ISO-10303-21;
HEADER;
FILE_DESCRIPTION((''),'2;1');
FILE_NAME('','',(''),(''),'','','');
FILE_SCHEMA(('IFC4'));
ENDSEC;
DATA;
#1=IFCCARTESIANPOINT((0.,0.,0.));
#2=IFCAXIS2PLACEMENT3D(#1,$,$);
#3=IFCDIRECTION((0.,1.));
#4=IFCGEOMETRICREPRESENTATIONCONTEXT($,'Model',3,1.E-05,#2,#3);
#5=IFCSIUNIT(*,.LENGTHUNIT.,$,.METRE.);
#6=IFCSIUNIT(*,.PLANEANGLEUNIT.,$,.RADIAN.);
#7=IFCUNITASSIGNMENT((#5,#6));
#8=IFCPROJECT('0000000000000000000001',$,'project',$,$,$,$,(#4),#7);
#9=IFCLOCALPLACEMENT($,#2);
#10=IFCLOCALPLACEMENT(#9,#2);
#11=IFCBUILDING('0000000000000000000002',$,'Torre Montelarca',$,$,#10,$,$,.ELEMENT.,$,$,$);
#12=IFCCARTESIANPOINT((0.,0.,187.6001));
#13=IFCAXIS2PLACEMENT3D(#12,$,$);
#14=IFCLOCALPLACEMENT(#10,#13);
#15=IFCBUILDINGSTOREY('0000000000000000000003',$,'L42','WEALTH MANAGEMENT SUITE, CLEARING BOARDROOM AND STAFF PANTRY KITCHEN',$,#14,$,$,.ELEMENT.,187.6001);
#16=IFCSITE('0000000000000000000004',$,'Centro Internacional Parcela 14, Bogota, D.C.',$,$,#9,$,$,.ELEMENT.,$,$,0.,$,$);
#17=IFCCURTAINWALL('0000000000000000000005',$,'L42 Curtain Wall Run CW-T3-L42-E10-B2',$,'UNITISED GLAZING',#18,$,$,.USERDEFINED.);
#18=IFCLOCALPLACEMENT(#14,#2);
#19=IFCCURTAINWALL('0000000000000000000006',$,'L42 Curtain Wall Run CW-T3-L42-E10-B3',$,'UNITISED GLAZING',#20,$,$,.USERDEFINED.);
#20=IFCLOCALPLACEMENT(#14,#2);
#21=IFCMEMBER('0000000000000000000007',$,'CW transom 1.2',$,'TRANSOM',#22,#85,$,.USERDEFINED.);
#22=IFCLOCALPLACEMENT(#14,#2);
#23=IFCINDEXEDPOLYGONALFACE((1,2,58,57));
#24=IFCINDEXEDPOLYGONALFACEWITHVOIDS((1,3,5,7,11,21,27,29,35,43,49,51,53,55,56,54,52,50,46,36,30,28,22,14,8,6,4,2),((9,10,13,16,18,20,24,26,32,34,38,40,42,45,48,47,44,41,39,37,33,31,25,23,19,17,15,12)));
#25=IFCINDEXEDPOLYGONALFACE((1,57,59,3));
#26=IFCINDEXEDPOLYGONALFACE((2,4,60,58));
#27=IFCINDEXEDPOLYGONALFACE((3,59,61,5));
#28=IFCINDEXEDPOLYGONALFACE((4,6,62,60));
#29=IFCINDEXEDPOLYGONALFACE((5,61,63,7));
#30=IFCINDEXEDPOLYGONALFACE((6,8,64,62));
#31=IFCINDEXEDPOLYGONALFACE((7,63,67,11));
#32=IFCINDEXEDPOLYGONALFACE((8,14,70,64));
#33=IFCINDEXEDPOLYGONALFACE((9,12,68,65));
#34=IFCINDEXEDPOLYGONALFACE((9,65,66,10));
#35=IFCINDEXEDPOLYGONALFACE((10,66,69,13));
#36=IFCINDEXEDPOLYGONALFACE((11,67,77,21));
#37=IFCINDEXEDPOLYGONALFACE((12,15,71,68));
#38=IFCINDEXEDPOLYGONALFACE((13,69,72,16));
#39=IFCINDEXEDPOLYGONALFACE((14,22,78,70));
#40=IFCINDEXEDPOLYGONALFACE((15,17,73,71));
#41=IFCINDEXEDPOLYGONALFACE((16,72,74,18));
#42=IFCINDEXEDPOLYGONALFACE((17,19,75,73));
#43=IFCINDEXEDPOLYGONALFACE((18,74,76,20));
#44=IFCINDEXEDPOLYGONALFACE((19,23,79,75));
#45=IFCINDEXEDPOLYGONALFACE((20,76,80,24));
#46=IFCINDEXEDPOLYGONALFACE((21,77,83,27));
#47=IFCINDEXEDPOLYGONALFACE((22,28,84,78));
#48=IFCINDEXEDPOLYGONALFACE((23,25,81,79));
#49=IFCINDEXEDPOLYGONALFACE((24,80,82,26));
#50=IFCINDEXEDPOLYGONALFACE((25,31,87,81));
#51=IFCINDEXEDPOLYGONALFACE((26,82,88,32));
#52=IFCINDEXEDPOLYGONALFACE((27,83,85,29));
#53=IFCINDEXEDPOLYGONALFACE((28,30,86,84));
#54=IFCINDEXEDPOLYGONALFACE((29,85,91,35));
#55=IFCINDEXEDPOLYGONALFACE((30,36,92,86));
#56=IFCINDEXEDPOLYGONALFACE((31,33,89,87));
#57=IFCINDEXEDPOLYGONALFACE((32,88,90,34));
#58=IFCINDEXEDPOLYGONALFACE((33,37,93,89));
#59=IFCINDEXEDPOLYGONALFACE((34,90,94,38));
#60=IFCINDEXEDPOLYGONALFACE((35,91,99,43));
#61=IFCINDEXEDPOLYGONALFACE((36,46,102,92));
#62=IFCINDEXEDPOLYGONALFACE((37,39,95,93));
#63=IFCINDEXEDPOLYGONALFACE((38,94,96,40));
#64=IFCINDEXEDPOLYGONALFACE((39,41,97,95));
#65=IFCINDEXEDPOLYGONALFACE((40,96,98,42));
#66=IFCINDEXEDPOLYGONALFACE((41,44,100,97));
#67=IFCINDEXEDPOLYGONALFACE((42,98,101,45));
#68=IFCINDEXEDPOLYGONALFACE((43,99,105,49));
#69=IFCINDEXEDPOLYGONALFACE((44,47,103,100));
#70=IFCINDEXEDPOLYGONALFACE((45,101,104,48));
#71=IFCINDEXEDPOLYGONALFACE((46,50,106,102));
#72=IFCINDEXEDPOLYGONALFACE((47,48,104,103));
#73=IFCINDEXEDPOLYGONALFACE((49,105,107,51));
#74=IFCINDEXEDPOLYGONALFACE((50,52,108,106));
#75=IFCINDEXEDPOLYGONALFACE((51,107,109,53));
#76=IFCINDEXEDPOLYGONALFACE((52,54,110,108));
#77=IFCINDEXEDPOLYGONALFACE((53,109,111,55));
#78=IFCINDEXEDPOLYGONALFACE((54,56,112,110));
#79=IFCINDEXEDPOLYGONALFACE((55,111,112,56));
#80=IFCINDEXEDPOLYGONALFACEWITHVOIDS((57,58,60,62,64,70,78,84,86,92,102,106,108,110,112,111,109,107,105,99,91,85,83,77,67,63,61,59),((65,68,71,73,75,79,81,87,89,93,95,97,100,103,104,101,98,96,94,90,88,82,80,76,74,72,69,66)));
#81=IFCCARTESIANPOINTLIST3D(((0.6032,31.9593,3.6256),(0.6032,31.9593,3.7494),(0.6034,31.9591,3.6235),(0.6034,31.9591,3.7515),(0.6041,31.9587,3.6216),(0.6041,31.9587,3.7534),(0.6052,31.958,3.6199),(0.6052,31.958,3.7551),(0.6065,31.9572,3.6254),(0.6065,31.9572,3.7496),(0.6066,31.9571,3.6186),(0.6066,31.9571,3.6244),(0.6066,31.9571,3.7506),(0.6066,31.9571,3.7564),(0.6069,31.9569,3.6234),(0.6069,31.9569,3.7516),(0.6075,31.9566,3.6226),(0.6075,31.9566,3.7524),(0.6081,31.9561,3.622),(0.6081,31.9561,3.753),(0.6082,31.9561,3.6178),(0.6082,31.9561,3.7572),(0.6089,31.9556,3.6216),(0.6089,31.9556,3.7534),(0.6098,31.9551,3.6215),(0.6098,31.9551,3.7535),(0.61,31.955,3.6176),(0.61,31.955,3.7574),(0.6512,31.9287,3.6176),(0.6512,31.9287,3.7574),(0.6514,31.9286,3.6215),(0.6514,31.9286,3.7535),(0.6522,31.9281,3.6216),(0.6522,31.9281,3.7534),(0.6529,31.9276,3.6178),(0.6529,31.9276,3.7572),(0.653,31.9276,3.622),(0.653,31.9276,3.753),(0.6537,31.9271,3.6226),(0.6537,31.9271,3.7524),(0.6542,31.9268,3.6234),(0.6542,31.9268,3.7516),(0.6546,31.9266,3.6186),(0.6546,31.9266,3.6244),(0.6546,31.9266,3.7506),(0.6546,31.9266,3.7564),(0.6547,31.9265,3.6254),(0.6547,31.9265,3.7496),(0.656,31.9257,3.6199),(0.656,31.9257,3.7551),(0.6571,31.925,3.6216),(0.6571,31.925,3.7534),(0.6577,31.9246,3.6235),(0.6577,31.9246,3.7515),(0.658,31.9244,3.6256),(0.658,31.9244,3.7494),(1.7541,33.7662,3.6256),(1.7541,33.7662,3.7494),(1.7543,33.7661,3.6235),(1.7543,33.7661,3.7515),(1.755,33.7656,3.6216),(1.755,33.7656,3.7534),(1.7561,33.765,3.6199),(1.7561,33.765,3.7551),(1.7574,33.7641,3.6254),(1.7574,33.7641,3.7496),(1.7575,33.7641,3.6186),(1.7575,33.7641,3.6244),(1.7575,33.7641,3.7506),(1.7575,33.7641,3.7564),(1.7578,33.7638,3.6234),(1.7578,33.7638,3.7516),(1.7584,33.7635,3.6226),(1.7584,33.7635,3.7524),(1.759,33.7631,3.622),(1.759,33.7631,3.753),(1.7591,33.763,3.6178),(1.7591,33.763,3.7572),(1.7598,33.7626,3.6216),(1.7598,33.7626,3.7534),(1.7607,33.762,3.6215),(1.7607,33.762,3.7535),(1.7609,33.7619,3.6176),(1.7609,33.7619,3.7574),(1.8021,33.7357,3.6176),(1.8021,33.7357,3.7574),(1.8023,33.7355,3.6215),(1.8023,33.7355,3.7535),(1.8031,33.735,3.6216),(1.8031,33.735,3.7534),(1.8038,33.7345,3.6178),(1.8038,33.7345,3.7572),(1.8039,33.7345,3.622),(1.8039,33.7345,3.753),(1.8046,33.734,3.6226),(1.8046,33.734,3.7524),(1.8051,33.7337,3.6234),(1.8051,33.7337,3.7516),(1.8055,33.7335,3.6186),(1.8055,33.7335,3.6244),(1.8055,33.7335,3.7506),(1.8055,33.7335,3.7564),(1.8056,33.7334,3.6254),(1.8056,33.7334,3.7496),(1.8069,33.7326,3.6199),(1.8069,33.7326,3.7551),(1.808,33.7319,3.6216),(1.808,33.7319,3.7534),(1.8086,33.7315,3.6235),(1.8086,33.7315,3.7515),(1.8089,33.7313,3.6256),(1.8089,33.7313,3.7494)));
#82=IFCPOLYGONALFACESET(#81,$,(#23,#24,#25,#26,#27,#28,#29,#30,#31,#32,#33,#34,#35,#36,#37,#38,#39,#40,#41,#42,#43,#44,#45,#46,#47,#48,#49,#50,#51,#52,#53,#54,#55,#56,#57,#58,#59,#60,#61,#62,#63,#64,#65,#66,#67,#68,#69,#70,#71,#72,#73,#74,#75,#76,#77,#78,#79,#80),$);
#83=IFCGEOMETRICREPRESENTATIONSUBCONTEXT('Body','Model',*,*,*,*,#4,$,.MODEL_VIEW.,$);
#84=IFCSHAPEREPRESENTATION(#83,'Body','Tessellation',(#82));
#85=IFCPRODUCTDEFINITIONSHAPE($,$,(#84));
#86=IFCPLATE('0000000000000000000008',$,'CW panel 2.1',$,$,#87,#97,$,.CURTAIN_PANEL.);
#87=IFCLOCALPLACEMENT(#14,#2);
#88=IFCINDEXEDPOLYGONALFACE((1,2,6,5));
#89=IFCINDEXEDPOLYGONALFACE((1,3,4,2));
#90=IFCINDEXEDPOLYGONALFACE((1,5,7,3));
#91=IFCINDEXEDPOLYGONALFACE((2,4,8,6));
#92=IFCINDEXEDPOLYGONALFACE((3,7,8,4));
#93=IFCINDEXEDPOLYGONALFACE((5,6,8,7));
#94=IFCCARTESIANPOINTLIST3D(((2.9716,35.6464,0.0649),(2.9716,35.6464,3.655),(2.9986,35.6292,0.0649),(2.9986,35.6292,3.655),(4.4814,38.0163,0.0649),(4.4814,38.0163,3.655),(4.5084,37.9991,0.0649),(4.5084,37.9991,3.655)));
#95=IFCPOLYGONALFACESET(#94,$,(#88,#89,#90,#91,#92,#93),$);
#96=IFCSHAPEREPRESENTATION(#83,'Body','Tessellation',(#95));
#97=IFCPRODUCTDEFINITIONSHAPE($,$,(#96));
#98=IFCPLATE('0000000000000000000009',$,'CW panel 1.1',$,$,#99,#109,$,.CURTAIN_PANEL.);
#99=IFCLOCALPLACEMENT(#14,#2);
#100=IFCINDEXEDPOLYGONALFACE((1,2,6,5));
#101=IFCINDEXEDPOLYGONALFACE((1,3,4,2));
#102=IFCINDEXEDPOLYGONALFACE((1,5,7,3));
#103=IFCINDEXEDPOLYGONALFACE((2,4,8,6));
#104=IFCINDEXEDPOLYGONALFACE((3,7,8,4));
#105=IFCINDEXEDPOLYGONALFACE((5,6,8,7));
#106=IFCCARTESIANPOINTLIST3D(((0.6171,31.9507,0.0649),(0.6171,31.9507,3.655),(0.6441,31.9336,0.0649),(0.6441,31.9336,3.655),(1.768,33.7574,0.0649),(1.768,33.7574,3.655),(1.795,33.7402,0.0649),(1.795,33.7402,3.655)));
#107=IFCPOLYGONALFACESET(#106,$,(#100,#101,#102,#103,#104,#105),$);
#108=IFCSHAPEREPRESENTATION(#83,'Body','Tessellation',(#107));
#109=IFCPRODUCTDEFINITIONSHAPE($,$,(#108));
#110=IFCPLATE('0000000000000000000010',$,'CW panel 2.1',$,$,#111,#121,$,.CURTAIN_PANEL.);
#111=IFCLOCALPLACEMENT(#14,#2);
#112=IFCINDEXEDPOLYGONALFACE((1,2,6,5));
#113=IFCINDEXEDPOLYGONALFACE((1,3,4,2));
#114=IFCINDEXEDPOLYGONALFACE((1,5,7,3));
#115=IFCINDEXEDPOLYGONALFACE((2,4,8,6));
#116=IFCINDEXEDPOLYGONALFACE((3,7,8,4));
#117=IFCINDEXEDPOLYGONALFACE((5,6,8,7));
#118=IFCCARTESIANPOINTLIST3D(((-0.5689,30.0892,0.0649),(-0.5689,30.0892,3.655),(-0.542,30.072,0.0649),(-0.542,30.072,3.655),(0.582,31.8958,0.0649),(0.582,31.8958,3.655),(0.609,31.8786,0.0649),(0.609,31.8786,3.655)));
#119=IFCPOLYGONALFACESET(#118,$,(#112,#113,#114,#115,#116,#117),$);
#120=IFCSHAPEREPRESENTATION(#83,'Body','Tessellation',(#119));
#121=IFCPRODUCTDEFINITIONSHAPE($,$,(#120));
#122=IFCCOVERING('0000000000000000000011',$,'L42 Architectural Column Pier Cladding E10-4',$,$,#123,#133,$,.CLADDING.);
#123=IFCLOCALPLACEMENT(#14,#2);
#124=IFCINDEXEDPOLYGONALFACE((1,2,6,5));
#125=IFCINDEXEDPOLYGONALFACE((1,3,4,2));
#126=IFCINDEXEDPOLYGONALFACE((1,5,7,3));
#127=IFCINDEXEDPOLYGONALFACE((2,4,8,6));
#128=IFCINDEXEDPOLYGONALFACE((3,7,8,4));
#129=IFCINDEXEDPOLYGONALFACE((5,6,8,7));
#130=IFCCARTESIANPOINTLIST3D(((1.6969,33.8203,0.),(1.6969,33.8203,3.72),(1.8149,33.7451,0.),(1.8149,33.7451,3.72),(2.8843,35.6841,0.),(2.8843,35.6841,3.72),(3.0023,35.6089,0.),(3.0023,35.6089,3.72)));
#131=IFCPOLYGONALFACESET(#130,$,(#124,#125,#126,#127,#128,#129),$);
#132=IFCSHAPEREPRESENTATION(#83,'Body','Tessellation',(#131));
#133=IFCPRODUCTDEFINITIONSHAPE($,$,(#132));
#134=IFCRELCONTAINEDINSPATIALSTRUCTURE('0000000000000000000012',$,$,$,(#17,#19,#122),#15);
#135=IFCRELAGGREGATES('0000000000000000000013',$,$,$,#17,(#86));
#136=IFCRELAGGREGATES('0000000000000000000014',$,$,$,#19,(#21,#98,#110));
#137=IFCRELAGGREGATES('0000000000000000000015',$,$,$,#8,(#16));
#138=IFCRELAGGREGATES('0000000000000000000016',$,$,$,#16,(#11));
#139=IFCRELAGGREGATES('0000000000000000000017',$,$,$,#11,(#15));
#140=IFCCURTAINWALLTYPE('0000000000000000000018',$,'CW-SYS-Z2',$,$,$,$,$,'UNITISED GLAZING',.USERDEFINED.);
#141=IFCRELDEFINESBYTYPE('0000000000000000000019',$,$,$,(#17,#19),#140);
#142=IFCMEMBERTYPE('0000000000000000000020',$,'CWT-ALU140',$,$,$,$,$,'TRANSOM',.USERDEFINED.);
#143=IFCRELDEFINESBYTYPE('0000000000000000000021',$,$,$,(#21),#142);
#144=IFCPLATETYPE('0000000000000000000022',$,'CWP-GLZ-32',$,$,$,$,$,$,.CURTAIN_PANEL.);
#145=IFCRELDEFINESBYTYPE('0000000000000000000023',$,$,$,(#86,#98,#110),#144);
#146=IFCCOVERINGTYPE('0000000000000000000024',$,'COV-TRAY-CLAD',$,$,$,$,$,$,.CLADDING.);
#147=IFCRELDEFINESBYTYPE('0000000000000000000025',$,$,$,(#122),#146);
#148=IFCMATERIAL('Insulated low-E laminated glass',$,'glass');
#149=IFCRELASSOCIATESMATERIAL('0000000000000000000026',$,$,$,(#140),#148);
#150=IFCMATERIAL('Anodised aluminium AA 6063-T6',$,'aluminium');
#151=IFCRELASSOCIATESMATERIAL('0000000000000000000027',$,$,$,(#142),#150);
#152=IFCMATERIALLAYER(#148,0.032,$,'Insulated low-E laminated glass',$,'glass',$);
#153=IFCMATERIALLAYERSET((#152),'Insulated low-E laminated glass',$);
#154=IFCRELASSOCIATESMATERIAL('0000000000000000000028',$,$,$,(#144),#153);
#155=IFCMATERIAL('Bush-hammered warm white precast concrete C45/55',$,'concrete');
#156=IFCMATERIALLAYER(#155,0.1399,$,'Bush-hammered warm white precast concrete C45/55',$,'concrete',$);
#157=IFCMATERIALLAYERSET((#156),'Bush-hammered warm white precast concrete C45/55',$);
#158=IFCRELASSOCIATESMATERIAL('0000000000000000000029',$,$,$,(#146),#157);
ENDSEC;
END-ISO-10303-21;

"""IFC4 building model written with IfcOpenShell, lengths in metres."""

from ifc_helpers import new_model, si_unit, direction, frame, origin, origin_2d, place, context, subcontext, project, spatial, rectangle, hollow_rectangle, extrude, source, transform, mapped, material, layer, layer_set, material_profile, profile_set, type_object, element, aggregate, save


model = new_model("IFC4")

# Units and contexts
model_context = context("Model", 3, precision=1e-05, world=origin(), true_north=direction((0.0, 1.0)))
body_context = subcontext(model_context, "Body", "Model", "MODEL_VIEW")
ifc_project = project(units=[si_unit("LENGTHUNIT", "METRE"), si_unit("PLANEANGLEUNIT", "RADIAN")], contexts=[model_context])

# Site, building, storey
site_placement = place(None, origin())
site = spatial("IfcSite", under=ifc_project, at=site_placement, Name="Centro Internacional Parcela 14, Bogota, D.C.", CompositionType="ELEMENT", RefElevation=0.0)
building_placement = place(site_placement, origin())
building = spatial("IfcBuilding", under=site, at=building_placement, Name="Torre Montelarca", CompositionType="ELEMENT")
storey_placement = place(building_placement, frame((0.0, 0.0, 187.6001)))
storey = spatial("IfcBuildingStorey", under=building, at=storey_placement, Name="L42", Description="WEALTH MANAGEMENT SUITE, CLEARING BOARDROOM AND STAFF PANTRY KITCHEN", CompositionType="ELEMENT", Elevation=187.6001)

# Curtain walls
ifc_material_1 = material(Name="Insulated low-E laminated glass", Category="glass")
curtain_wall_type = type_object("IfcCurtainWallType", Name="CW-SYS-Z2", ElementType="UNITISED GLAZING", PredefinedType="USERDEFINED", material=ifc_material_1)
curtain_wall_1_placement = place(storey_placement, origin())
curtain_wall_1 = element("IfcCurtainWall", 1, at=curtain_wall_1_placement, inside=storey, type_object=curtain_wall_type, Name="L42 Curtain Wall Run CW-T3-L42-E10-B2", ObjectType="UNITISED GLAZING", PredefinedType="USERDEFINED")
ifc_material_2 = material(Name="Anodised aluminium AA 6063-T6", Category="aluminium")
curtain_wall_2_placement = place(storey_placement, origin())
curtain_wall_2 = element("IfcCurtainWall", 2, at=curtain_wall_2_placement, inside=storey, type_object=curtain_wall_type, Name="L42 Curtain Wall Run CW-T3-L42-E10-B3", ObjectType="UNITISED GLAZING", PredefinedType="USERDEFINED")

# Member
ifc_material_profile_1 = material_profile(ifc_material_2, hollow_rectangle(XDim=0.0649, YDim=0.1399, WallThickness=0.0039, InnerFilletRadius=0.0039, OuterFilletRadius=0.0081, at=origin_2d()), Name="ALU65X140X4", Category="aluminium")
ifc_profile_set_1 = profile_set([ifc_material_profile_1], Name="Anodised aluminium AA 6063-T6")
member_type_1 = type_object("IfcMemberType", Name="CWT-ALU140", ElementType="TRANSOM", PredefinedType="USERDEFINED", material=ifc_profile_set_1)
shared_shape_1 = source(origin(), body_context, "Body", "SweptSolid", [
    extrude(hollow_rectangle(XDim=0.0649, YDim=0.1399, WallThickness=0.0039, InnerFilletRadius=0.0039, OuterFilletRadius=0.0081, at=origin_2d()), origin(), (0.0, 0.0, 1.0), 2.1423),
])
member_1_placement = place(storey_placement, frame((1.7815, 33.7488, 3.6875), z_axis=(-0.537222, -0.843441, 0.0), x_axis=(0.843441, -0.537222, 0.0)))
member_1 = element("IfcMember", 3, at=member_1_placement, type_object=member_type_1, Name="CW transom 1.2", ObjectType="TRANSOM", PredefinedType="USERDEFINED", context=body_context, shape_type="MappedRepresentation", body=[
    mapped(shared_shape_1, transform((0.0, 0.0, 0.0), scale=1.0)),
])

# Plates
ifc_layer_1 = layer(ifc_material_1, 0.032, Name="Insulated low-E laminated glass", Category="glass")
ifc_layer_set_1 = layer_set([ifc_layer_1], Name="Insulated low-E laminated glass")
plate_type = type_object("IfcPlateType", Name="CWP-GLZ-32", PredefinedType="CURTAIN_PANEL", material=ifc_layer_set_1)
shared_shape_2 = source(origin(), body_context, "Body", "SweptSolid", [
    extrude(rectangle(XDim=2.8101, YDim=0.032, at=origin_2d()), origin(), (0.0, 0.0, 1.0), 3.5901),
])
plate_1_placement = place(storey_placement, frame((3.74, 36.8228, 0.0649), z_axis=(0.0, 0.0, 1.0), x_axis=(-0.537302, -0.84339, 0.0)))
plate_1 = element("IfcPlate", 4, at=plate_1_placement, type_object=plate_type, Name="CW panel 2.1", PredefinedType="CURTAIN_PANEL", context=body_context, shape_type="MappedRepresentation", body=[
    mapped(shared_shape_2, transform((0.0, 0.0, 0.0), scale=1.0)),
])
aggregate(curtain_wall_1, [plate_1])
shared_shape_3 = source(origin(), body_context, "Body", "SweptSolid", [
    extrude(rectangle(XDim=2.1421, YDim=0.032, at=origin_2d()), origin(), (0.0, 0.0, 1.0), 3.5901),
])
plate_2_placement = place(storey_placement, frame((1.2061, 32.8455, 0.0649), z_axis=(0.0, 0.0, 1.0), x_axis=(-0.537296, -0.843394, 0.0)))
plate_2 = element("IfcPlate", 5, at=plate_2_placement, type_object=plate_type, Name="CW panel 1.1", PredefinedType="CURTAIN_PANEL", context=body_context, shape_type="MappedRepresentation", body=[
    mapped(shared_shape_3, transform((0.0, 0.0, 0.0), scale=1.0)),
])
plate_3_placement = place(storey_placement, frame((0.02, 30.9839, 0.0649), z_axis=(0.0, 0.0, 1.0), x_axis=(-0.537296, -0.843394, 0.0)))
plate_3 = element("IfcPlate", 6, at=plate_3_placement, type_object=plate_type, Name="CW panel 2.1", PredefinedType="CURTAIN_PANEL", context=body_context, shape_type="MappedRepresentation", body=[
    mapped(shared_shape_3, transform((0.0, 0.0, 0.0), scale=1.0)),
])
aggregate(curtain_wall_2, [member_1, plate_2, plate_3])

# Covering
ifc_material_3 = material(Name="Bush-hammered warm white precast concrete C45/55", Category="concrete")
ifc_layer_2 = layer(ifc_material_3, 0.1399, Name="Bush-hammered warm white precast concrete C45/55", Category="concrete")
ifc_layer_set_2 = layer_set([ifc_layer_2], Name="Bush-hammered warm white precast concrete C45/55")
covering_type = type_object("IfcCoveringType", Name="COV-TRAY-CLAD", PredefinedType="CLADDING", material=ifc_layer_set_2)
shared_shape_4 = source(origin(), body_context, "Body", "SweptSolid", [
    extrude(rectangle(XDim=2.21, YDim=0.1399, at=origin_2d()), origin(), (0.0, 0.0, 1.0), 3.72),
])
covering_placement = place(storey_placement, frame((2.3496, 34.7146, 0.0), z_axis=(0.0, 0.0, 1.0), x_axis=(-0.537301, -0.843391, 0.0)))
element("IfcCovering", 7, at=covering_placement, inside=storey, type_object=covering_type, Name="L42 Architectural Column Pier Cladding E10-4", PredefinedType="CLADDING", context=body_context, shape_type="MappedRepresentation", body=[
    mapped(shared_shape_4, transform((0.0, 0.0, 0.0), scale=1.0)),
])

save(model, "model.ifc")
